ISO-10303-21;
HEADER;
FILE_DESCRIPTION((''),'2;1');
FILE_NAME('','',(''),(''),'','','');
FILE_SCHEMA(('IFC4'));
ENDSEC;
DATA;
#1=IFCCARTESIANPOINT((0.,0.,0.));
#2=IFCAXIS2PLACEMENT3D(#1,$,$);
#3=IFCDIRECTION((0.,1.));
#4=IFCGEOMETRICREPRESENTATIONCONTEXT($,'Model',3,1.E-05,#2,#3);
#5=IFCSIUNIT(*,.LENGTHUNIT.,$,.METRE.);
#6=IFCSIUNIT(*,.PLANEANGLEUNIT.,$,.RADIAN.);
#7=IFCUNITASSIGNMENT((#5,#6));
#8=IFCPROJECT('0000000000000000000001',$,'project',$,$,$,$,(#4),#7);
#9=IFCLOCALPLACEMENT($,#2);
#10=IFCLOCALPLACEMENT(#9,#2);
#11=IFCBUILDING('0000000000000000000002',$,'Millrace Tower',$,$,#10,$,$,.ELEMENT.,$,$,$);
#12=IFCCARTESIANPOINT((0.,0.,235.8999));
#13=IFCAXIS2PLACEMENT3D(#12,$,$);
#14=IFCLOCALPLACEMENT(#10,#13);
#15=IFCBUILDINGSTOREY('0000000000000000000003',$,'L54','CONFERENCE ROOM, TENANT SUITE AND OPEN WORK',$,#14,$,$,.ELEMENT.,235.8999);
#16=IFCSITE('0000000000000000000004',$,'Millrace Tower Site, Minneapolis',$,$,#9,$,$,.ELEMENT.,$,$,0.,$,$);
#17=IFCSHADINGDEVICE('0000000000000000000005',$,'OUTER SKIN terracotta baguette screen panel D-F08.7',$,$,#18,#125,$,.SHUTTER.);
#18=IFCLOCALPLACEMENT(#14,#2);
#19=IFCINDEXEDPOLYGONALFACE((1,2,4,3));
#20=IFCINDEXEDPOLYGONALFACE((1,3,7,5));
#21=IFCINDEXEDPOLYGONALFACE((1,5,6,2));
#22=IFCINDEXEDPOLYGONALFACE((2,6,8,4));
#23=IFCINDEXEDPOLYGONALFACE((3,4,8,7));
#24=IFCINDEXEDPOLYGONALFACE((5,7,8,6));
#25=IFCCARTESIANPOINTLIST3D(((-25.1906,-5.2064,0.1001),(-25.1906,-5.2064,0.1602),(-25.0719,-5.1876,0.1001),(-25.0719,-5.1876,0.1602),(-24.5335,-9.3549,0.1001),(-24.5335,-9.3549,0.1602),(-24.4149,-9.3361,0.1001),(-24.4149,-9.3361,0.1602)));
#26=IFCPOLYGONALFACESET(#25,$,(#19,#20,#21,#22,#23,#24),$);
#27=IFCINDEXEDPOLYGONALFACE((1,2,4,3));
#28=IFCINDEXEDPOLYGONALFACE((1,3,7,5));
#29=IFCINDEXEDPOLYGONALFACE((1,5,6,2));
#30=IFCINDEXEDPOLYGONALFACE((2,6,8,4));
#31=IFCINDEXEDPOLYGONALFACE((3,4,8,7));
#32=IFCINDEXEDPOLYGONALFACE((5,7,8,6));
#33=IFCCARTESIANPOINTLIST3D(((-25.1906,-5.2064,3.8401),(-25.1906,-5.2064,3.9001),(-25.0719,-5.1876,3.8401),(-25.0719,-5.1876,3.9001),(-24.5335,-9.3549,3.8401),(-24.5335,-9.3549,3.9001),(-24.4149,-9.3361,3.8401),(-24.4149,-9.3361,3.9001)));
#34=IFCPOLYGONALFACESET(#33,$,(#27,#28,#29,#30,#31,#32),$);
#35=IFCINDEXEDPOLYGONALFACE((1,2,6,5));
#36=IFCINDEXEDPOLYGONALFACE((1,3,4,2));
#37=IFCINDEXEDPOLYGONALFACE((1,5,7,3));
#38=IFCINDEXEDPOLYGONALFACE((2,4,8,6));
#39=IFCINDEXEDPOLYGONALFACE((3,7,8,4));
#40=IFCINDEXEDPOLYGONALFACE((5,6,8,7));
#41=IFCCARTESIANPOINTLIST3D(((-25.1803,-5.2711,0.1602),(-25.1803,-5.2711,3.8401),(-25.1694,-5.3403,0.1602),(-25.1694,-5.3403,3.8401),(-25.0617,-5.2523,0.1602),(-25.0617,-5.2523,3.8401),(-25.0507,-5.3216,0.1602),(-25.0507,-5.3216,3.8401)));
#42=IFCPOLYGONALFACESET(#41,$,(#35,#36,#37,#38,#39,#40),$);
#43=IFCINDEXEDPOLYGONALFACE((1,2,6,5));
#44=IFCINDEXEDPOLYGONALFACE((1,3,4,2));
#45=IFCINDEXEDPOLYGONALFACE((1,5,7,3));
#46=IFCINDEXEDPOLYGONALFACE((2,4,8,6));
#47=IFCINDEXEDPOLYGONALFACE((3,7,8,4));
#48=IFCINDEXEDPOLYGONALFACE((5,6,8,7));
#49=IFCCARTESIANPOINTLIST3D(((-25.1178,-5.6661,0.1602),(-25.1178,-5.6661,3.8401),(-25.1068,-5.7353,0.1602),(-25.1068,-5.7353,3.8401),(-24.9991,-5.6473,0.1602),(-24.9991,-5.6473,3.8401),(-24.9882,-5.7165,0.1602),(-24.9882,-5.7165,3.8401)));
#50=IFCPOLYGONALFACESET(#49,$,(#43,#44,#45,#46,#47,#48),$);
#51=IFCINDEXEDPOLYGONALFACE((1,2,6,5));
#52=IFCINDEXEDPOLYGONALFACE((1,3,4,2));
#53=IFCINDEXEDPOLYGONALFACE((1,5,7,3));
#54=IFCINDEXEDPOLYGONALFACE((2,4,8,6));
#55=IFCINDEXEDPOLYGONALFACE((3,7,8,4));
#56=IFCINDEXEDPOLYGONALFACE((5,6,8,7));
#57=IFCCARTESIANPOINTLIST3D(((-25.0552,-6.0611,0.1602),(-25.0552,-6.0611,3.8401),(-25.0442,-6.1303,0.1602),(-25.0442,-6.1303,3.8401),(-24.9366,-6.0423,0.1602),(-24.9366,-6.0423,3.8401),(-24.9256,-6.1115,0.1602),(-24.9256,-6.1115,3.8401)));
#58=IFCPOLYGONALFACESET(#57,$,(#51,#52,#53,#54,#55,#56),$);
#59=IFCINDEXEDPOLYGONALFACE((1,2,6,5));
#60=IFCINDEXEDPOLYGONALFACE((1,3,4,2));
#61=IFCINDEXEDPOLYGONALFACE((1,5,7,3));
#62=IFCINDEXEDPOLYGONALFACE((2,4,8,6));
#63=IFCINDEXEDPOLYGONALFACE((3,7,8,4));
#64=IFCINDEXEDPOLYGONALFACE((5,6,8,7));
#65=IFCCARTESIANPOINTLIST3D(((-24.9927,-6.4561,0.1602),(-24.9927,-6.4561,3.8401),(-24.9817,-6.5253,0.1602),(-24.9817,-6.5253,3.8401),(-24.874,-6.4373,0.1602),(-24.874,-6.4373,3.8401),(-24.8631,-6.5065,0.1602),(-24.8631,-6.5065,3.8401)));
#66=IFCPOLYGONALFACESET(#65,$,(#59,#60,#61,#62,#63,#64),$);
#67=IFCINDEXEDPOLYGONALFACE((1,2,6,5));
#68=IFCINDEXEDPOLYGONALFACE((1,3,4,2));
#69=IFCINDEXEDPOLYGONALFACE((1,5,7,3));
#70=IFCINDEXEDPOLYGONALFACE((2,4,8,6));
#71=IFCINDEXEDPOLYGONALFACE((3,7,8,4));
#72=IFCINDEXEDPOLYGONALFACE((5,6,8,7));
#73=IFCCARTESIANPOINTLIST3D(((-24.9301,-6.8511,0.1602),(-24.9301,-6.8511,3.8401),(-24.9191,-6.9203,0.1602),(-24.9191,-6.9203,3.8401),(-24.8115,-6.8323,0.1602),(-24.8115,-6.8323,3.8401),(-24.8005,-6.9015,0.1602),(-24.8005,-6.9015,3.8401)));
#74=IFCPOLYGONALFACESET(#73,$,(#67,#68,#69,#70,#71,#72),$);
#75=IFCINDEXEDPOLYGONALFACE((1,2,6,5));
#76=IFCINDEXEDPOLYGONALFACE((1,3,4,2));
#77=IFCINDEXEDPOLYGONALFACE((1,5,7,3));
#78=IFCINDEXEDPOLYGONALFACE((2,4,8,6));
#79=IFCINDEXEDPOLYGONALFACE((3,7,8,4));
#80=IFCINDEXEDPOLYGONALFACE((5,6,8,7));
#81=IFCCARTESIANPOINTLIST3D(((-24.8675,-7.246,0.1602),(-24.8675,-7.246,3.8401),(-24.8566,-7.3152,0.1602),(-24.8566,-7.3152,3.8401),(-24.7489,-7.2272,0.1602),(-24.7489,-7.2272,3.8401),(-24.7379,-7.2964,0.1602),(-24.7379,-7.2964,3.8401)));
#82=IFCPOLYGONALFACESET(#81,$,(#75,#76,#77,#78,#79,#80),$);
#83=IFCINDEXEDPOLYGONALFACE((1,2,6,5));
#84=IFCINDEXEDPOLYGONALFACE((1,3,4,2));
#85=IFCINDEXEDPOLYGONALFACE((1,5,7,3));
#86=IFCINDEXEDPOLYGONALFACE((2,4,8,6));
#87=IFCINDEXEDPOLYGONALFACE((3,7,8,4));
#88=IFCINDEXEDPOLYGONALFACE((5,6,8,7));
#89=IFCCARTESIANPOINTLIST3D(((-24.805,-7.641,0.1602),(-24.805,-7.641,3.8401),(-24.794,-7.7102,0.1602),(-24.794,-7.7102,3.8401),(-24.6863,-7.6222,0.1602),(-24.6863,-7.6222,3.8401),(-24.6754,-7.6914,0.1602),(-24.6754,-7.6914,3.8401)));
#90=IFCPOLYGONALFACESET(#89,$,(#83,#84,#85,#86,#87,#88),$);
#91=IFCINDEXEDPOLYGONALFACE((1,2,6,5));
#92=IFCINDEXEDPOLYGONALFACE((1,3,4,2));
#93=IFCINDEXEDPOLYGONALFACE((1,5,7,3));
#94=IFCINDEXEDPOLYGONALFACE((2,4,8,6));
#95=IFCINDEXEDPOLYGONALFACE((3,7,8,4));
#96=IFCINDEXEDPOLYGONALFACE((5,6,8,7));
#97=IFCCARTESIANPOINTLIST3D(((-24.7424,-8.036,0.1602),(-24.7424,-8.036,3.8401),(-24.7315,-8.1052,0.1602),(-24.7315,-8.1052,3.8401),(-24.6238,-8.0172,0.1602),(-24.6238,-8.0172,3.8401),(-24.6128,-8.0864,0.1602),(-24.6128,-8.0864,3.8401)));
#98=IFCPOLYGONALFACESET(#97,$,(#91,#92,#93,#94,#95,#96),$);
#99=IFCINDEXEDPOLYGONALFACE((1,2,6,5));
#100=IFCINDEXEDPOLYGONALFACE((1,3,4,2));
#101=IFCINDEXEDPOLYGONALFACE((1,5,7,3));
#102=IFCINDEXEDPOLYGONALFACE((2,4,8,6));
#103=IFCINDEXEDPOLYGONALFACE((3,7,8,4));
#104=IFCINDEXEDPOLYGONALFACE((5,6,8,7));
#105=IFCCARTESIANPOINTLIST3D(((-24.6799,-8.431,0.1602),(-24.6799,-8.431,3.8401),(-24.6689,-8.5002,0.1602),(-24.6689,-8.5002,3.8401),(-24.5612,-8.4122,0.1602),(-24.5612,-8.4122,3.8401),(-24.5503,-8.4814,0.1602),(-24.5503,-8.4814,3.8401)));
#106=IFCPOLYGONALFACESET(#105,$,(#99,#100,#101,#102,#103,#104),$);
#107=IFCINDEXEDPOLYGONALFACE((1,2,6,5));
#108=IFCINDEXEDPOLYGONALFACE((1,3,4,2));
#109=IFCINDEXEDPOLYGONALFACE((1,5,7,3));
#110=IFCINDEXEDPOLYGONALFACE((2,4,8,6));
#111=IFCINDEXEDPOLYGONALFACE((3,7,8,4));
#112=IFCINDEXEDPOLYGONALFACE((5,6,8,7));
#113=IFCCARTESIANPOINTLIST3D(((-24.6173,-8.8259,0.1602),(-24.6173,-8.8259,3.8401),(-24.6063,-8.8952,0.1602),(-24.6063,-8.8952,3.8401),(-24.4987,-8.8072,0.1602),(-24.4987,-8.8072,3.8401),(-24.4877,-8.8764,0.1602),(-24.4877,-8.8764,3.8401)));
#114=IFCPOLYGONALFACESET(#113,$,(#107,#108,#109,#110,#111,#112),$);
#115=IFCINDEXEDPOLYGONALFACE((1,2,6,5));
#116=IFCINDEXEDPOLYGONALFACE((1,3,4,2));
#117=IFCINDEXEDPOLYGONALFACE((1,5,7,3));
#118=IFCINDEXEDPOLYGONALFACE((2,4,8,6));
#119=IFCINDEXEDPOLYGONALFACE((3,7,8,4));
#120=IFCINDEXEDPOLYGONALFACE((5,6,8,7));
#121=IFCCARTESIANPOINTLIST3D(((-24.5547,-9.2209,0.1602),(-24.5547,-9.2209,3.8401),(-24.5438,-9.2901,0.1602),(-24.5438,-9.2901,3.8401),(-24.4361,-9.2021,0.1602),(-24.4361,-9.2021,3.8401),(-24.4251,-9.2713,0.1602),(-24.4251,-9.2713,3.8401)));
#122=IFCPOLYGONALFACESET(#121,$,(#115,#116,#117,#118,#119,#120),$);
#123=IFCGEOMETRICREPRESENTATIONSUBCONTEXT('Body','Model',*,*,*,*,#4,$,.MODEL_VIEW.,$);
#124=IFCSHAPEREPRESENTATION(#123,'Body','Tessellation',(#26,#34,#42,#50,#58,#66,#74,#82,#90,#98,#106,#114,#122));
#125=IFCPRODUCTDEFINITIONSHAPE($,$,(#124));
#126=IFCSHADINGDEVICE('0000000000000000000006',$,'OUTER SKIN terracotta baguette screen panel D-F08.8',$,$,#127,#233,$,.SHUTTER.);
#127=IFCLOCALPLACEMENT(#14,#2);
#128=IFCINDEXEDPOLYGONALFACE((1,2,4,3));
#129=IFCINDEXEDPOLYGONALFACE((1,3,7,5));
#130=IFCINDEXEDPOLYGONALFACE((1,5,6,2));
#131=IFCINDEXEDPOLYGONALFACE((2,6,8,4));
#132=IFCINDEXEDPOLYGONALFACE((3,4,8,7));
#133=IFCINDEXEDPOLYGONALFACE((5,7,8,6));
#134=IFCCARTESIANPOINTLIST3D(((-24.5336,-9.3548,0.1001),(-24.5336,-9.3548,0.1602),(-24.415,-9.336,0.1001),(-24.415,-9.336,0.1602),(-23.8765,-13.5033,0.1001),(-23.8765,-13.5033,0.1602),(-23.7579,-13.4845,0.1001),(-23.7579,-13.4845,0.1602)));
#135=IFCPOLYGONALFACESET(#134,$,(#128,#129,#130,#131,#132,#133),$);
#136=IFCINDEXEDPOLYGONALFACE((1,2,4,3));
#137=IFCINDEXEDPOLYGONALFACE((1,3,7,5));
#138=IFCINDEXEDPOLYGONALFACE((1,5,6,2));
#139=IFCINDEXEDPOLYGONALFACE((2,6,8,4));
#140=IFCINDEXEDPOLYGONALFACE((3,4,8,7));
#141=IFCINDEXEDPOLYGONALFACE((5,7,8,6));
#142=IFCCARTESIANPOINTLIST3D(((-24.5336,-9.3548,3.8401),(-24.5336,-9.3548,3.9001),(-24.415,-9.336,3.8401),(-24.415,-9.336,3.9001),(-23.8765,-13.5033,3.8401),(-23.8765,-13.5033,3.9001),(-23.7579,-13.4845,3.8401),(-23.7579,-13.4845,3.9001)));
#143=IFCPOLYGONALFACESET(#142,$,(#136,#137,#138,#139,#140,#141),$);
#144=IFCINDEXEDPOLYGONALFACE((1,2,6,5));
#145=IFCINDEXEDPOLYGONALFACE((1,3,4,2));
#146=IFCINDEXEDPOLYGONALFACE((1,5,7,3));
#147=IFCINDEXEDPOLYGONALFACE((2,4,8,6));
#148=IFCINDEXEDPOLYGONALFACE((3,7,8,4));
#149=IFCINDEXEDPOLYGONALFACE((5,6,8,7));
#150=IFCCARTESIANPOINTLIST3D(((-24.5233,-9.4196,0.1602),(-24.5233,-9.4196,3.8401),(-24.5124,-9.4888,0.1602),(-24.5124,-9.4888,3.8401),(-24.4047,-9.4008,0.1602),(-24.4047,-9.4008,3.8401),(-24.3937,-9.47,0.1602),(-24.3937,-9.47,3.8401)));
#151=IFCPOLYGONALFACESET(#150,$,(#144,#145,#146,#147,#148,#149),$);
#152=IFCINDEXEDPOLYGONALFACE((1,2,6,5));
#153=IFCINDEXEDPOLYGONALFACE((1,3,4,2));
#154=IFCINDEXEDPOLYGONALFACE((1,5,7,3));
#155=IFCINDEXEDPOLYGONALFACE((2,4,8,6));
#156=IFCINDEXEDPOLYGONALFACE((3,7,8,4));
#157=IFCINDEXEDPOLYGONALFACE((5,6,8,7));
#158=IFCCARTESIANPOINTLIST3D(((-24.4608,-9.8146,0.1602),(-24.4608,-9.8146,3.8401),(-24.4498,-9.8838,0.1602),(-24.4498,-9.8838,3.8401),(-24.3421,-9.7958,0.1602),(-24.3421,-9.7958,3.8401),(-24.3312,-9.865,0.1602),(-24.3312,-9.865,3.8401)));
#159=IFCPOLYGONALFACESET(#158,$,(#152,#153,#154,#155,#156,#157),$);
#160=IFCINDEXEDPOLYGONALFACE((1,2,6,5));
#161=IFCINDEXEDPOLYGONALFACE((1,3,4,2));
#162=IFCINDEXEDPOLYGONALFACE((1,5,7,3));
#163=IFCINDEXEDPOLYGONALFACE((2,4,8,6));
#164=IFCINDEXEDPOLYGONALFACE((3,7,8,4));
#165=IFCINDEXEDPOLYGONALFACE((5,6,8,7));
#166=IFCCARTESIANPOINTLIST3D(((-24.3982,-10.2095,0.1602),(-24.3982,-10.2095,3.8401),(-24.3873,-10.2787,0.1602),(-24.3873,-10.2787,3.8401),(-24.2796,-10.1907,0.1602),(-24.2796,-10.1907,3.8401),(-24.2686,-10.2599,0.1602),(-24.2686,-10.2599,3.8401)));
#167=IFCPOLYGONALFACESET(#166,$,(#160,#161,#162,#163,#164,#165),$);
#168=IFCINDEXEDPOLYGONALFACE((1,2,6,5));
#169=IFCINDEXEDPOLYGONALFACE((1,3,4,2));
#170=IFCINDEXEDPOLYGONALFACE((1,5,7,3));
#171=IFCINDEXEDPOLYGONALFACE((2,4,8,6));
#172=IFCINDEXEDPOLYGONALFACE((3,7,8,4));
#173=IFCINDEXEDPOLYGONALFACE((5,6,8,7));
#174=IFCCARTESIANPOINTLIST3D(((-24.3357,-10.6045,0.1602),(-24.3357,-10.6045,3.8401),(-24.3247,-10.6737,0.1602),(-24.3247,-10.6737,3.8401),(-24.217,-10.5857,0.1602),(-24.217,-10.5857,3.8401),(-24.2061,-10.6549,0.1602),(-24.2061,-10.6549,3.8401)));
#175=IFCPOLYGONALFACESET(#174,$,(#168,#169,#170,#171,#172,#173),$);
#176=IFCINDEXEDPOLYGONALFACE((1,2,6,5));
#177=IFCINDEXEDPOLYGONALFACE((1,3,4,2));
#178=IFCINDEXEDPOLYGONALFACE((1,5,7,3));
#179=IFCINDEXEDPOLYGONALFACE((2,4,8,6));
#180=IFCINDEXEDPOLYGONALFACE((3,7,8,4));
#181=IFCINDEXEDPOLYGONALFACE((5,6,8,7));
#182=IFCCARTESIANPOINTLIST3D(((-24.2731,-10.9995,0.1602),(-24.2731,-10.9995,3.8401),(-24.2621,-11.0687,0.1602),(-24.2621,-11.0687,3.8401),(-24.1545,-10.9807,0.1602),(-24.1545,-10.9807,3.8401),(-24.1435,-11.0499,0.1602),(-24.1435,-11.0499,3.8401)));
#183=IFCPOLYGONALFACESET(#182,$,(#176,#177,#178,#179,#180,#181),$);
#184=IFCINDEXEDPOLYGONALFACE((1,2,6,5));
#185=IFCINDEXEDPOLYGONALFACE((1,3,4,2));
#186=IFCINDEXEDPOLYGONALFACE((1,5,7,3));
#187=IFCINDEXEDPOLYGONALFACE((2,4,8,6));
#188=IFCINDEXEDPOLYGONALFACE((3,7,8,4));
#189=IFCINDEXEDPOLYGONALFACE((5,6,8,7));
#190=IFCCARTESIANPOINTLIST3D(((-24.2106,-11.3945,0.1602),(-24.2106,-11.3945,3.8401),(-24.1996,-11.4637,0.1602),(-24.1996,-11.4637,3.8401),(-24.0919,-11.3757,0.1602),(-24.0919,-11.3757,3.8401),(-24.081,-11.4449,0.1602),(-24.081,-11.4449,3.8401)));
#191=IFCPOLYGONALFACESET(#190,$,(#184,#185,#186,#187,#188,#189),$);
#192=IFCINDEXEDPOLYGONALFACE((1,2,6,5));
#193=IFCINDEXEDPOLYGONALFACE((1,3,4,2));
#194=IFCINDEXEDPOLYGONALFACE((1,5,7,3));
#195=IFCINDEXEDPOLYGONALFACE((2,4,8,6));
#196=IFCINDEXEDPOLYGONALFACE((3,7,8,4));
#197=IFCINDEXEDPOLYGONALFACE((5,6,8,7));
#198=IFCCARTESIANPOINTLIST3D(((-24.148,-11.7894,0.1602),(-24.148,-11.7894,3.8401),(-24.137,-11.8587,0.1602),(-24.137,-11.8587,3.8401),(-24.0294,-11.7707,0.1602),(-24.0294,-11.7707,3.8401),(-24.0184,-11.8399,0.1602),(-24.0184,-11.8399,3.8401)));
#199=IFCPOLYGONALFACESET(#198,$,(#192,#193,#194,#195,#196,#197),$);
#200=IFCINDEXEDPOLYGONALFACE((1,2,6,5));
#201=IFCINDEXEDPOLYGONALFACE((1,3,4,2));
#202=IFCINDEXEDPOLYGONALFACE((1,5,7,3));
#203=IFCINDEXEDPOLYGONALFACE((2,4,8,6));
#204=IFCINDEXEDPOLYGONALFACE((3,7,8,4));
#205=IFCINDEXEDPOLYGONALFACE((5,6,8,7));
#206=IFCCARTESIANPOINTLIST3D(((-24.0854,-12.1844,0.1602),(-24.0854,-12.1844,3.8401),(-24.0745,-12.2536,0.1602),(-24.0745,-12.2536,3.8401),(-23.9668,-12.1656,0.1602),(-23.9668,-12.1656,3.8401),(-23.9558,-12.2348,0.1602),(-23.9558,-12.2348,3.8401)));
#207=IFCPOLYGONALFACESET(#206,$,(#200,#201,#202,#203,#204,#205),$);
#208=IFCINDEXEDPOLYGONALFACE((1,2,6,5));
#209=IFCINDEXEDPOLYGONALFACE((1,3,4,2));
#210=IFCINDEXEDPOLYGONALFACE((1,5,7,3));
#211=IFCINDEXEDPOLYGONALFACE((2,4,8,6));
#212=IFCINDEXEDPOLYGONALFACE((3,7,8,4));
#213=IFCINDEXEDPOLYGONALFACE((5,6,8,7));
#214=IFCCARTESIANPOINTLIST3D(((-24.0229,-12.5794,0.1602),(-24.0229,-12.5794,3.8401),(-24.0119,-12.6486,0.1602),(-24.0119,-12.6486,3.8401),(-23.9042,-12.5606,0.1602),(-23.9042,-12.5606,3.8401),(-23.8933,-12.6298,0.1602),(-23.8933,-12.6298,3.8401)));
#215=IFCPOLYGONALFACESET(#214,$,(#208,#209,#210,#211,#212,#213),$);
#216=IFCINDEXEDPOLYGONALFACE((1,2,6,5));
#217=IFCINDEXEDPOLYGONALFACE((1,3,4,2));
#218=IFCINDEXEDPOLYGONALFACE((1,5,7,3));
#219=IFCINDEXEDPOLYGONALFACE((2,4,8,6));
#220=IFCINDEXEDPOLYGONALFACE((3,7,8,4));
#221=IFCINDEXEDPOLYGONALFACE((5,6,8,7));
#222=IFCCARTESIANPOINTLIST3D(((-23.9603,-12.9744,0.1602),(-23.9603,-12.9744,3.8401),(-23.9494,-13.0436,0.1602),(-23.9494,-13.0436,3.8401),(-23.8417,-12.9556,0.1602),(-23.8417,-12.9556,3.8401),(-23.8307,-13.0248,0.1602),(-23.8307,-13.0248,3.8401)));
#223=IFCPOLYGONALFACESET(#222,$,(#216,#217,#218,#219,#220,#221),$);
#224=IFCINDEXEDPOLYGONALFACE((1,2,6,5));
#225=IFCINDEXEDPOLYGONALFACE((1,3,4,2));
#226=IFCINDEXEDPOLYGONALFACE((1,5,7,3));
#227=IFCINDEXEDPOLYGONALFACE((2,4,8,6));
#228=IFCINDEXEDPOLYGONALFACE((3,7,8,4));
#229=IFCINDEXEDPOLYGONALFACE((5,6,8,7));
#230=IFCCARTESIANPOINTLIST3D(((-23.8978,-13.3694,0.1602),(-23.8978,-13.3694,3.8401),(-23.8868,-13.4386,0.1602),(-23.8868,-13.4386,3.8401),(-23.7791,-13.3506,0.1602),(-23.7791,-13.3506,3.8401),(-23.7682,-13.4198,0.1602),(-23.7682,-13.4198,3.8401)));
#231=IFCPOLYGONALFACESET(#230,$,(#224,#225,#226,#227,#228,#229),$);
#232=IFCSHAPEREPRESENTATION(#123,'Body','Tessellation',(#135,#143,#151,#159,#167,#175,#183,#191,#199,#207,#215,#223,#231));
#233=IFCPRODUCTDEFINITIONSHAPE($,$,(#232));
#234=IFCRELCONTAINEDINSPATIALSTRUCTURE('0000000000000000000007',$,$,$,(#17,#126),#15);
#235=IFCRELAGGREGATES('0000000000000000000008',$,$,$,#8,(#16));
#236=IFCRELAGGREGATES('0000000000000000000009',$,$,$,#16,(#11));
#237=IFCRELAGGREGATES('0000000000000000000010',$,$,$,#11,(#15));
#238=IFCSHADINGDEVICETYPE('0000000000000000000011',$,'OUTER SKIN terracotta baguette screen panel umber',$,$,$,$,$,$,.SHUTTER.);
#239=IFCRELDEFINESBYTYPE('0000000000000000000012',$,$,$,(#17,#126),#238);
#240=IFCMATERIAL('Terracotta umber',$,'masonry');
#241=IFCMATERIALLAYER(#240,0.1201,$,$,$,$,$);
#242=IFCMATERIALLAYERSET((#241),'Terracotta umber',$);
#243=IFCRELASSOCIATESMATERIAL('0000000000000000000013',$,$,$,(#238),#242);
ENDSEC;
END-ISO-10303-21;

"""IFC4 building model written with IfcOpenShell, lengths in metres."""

from ifc_helpers import new_model, entity, si_unit, direction, frame, frame_2d, origin, origin_2d, place, context, subcontext, project, spatial, rectangle, extrude, source, transform, mapped, material, layer, layer_set, type_object, element, save


model = new_model("IFC4")

# Units and contexts
model_context = context("Model", 3, precision=1e-05, world=origin(), true_north=direction((0.0, 1.0)))
body_context = subcontext(model_context, "Body", "Model", "MODEL_VIEW")
ifc_project = project(units=[si_unit("LENGTHUNIT", "METRE"), si_unit("PLANEANGLEUNIT", "RADIAN")], contexts=[model_context])

# Site, building, storey
site_placement = place(None, origin())
site = spatial("IfcSite", under=ifc_project, at=site_placement, Name="Millrace Tower Site, Minneapolis", CompositionType="ELEMENT", RefElevation=0.0)
building_placement = place(site_placement, origin())
building = spatial("IfcBuilding", under=site, at=building_placement, Name="Millrace Tower", CompositionType="ELEMENT")
storey_placement = place(building_placement, frame((0.0, 0.0, 235.8999)))
storey = spatial("IfcBuildingStorey", under=building, at=storey_placement, Name="L54", Description="CONFERENCE ROOM, TENANT SUITE AND OPEN WORK", CompositionType="ELEMENT", Elevation=235.8999)

# Shading devices
ifc_material_1 = material(Name="Terracotta umber", Category="masonry")
ifc_layer_1 = layer(ifc_material_1, 0.1201)
ifc_layer_set_1 = layer_set([ifc_layer_1], Name="Terracotta umber")
shading_device_type = type_object("IfcShadingDeviceType", Name="OUTER SKIN terracotta baguette screen panel umber", PredefinedType="SHUTTER", material=ifc_layer_set_1)
cartesian_point = entity("IfcCartesianPoint", [-2.1001, 0.0601])
shared_polyline = entity("IfcPolyline", [cartesian_point, entity("IfcCartesianPoint", [2.1001, 0.0601]), entity("IfcCartesianPoint", [2.1001, -0.0601]), entity("IfcCartesianPoint", [-2.1001, -0.0601]), cartesian_point])
shared_shape = source(origin(), body_context, "Body", "SweptSolid", [
    entity("IfcExtrudedAreaSolid", entity("IfcArbitraryClosedProfileDef", "AREA", None, shared_polyline), entity("IfcAxis2Placement3D", entity("IfcCartesianPoint", [0.0, 0.0, 0.0])), entity("IfcDirection", [0.0, 0.0, 1.0]), 0.0601),
    entity("IfcExtrudedAreaSolid", entity("IfcArbitraryClosedProfileDef", "AREA", None, shared_polyline), entity("IfcAxis2Placement3D", entity("IfcCartesianPoint", [0.0, 0.0, 3.74])), entity("IfcDirection", [0.0, 0.0, 1.0]), 0.0601),
    extrude(rectangle(XDim=0.0701, YDim=0.1201, at=frame_2d((-1.9995, 0.0))), frame((0.0, 0.0, 0.0601)), (0.0, 0.0, 1.0), 3.6799),
    extrude(rectangle(XDim=0.0701, YDim=0.1201, at=frame_2d((-1.5996, 0.0))), frame((0.0, 0.0, 0.0601)), (0.0, 0.0, 1.0), 3.6799),
    extrude(rectangle(XDim=0.0701, YDim=0.1201, at=frame_2d((-1.1997, 0.0))), frame((0.0, 0.0, 0.0601)), (0.0, 0.0, 1.0), 3.6799),
    extrude(rectangle(XDim=0.0701, YDim=0.1201, at=frame_2d((-0.7998, 0.0))), frame((0.0, 0.0, 0.0601)), (0.0, 0.0, 1.0), 3.6799),
    extrude(rectangle(XDim=0.0701, YDim=0.1201, at=frame_2d((-0.3999, 0.0))), frame((0.0, 0.0, 0.0601)), (0.0, 0.0, 1.0), 3.6799),
    extrude(rectangle(XDim=0.0701, YDim=0.1201, at=origin_2d()), frame((0.0, 0.0, 0.0601)), (0.0, 0.0, 1.0), 3.6799),
    extrude(rectangle(XDim=0.0701, YDim=0.1201, at=frame_2d((0.3999, 0.0))), frame((0.0, 0.0, 0.0601)), (0.0, 0.0, 1.0), 3.6799),
    extrude(rectangle(XDim=0.0701, YDim=0.1201, at=frame_2d((0.7998, 0.0))), frame((0.0, 0.0, 0.0601)), (0.0, 0.0, 1.0), 3.6799),
    extrude(rectangle(XDim=0.0701, YDim=0.1201, at=frame_2d((1.1997, 0.0))), frame((0.0, 0.0, 0.0601)), (0.0, 0.0, 1.0), 3.6799),
    extrude(rectangle(XDim=0.0701, YDim=0.1201, at=frame_2d((1.5996, 0.0))), frame((0.0, 0.0, 0.0601)), (0.0, 0.0, 1.0), 3.6799),
    extrude(rectangle(XDim=0.0701, YDim=0.1201, at=frame_2d((1.9995, 0.0))), frame((0.0, 0.0, 0.0601)), (0.0, 0.0, 1.0), 3.6799),
])
for number, where, z_axis, x_axis, name in (
    (1, (-24.8027, -7.2712, 0.1001), (0.0, 0.0, 1.0), (0.156434, -0.987688, 0.0), "OUTER SKIN terracotta baguette screen panel D-F08.7"),
    (2, (-24.1458, -11.4197, 0.1001), (0.0, 0.0, 1.0), (0.156434, -0.987688, 0.0), "OUTER SKIN terracotta baguette screen panel D-F08.8"),
):
    element("IfcShadingDevice", number, at=place(storey_placement, frame(where, z_axis=z_axis, x_axis=x_axis)), inside=storey, type_object=shading_device_type, Name=name, PredefinedType="SHUTTER", context=body_context, shape_type="MappedRepresentation", body=[
        mapped(shared_shape, transform((0.0, 0.0, 0.0), scale=1.0)),
    ])

save(model, "model.ifc")
